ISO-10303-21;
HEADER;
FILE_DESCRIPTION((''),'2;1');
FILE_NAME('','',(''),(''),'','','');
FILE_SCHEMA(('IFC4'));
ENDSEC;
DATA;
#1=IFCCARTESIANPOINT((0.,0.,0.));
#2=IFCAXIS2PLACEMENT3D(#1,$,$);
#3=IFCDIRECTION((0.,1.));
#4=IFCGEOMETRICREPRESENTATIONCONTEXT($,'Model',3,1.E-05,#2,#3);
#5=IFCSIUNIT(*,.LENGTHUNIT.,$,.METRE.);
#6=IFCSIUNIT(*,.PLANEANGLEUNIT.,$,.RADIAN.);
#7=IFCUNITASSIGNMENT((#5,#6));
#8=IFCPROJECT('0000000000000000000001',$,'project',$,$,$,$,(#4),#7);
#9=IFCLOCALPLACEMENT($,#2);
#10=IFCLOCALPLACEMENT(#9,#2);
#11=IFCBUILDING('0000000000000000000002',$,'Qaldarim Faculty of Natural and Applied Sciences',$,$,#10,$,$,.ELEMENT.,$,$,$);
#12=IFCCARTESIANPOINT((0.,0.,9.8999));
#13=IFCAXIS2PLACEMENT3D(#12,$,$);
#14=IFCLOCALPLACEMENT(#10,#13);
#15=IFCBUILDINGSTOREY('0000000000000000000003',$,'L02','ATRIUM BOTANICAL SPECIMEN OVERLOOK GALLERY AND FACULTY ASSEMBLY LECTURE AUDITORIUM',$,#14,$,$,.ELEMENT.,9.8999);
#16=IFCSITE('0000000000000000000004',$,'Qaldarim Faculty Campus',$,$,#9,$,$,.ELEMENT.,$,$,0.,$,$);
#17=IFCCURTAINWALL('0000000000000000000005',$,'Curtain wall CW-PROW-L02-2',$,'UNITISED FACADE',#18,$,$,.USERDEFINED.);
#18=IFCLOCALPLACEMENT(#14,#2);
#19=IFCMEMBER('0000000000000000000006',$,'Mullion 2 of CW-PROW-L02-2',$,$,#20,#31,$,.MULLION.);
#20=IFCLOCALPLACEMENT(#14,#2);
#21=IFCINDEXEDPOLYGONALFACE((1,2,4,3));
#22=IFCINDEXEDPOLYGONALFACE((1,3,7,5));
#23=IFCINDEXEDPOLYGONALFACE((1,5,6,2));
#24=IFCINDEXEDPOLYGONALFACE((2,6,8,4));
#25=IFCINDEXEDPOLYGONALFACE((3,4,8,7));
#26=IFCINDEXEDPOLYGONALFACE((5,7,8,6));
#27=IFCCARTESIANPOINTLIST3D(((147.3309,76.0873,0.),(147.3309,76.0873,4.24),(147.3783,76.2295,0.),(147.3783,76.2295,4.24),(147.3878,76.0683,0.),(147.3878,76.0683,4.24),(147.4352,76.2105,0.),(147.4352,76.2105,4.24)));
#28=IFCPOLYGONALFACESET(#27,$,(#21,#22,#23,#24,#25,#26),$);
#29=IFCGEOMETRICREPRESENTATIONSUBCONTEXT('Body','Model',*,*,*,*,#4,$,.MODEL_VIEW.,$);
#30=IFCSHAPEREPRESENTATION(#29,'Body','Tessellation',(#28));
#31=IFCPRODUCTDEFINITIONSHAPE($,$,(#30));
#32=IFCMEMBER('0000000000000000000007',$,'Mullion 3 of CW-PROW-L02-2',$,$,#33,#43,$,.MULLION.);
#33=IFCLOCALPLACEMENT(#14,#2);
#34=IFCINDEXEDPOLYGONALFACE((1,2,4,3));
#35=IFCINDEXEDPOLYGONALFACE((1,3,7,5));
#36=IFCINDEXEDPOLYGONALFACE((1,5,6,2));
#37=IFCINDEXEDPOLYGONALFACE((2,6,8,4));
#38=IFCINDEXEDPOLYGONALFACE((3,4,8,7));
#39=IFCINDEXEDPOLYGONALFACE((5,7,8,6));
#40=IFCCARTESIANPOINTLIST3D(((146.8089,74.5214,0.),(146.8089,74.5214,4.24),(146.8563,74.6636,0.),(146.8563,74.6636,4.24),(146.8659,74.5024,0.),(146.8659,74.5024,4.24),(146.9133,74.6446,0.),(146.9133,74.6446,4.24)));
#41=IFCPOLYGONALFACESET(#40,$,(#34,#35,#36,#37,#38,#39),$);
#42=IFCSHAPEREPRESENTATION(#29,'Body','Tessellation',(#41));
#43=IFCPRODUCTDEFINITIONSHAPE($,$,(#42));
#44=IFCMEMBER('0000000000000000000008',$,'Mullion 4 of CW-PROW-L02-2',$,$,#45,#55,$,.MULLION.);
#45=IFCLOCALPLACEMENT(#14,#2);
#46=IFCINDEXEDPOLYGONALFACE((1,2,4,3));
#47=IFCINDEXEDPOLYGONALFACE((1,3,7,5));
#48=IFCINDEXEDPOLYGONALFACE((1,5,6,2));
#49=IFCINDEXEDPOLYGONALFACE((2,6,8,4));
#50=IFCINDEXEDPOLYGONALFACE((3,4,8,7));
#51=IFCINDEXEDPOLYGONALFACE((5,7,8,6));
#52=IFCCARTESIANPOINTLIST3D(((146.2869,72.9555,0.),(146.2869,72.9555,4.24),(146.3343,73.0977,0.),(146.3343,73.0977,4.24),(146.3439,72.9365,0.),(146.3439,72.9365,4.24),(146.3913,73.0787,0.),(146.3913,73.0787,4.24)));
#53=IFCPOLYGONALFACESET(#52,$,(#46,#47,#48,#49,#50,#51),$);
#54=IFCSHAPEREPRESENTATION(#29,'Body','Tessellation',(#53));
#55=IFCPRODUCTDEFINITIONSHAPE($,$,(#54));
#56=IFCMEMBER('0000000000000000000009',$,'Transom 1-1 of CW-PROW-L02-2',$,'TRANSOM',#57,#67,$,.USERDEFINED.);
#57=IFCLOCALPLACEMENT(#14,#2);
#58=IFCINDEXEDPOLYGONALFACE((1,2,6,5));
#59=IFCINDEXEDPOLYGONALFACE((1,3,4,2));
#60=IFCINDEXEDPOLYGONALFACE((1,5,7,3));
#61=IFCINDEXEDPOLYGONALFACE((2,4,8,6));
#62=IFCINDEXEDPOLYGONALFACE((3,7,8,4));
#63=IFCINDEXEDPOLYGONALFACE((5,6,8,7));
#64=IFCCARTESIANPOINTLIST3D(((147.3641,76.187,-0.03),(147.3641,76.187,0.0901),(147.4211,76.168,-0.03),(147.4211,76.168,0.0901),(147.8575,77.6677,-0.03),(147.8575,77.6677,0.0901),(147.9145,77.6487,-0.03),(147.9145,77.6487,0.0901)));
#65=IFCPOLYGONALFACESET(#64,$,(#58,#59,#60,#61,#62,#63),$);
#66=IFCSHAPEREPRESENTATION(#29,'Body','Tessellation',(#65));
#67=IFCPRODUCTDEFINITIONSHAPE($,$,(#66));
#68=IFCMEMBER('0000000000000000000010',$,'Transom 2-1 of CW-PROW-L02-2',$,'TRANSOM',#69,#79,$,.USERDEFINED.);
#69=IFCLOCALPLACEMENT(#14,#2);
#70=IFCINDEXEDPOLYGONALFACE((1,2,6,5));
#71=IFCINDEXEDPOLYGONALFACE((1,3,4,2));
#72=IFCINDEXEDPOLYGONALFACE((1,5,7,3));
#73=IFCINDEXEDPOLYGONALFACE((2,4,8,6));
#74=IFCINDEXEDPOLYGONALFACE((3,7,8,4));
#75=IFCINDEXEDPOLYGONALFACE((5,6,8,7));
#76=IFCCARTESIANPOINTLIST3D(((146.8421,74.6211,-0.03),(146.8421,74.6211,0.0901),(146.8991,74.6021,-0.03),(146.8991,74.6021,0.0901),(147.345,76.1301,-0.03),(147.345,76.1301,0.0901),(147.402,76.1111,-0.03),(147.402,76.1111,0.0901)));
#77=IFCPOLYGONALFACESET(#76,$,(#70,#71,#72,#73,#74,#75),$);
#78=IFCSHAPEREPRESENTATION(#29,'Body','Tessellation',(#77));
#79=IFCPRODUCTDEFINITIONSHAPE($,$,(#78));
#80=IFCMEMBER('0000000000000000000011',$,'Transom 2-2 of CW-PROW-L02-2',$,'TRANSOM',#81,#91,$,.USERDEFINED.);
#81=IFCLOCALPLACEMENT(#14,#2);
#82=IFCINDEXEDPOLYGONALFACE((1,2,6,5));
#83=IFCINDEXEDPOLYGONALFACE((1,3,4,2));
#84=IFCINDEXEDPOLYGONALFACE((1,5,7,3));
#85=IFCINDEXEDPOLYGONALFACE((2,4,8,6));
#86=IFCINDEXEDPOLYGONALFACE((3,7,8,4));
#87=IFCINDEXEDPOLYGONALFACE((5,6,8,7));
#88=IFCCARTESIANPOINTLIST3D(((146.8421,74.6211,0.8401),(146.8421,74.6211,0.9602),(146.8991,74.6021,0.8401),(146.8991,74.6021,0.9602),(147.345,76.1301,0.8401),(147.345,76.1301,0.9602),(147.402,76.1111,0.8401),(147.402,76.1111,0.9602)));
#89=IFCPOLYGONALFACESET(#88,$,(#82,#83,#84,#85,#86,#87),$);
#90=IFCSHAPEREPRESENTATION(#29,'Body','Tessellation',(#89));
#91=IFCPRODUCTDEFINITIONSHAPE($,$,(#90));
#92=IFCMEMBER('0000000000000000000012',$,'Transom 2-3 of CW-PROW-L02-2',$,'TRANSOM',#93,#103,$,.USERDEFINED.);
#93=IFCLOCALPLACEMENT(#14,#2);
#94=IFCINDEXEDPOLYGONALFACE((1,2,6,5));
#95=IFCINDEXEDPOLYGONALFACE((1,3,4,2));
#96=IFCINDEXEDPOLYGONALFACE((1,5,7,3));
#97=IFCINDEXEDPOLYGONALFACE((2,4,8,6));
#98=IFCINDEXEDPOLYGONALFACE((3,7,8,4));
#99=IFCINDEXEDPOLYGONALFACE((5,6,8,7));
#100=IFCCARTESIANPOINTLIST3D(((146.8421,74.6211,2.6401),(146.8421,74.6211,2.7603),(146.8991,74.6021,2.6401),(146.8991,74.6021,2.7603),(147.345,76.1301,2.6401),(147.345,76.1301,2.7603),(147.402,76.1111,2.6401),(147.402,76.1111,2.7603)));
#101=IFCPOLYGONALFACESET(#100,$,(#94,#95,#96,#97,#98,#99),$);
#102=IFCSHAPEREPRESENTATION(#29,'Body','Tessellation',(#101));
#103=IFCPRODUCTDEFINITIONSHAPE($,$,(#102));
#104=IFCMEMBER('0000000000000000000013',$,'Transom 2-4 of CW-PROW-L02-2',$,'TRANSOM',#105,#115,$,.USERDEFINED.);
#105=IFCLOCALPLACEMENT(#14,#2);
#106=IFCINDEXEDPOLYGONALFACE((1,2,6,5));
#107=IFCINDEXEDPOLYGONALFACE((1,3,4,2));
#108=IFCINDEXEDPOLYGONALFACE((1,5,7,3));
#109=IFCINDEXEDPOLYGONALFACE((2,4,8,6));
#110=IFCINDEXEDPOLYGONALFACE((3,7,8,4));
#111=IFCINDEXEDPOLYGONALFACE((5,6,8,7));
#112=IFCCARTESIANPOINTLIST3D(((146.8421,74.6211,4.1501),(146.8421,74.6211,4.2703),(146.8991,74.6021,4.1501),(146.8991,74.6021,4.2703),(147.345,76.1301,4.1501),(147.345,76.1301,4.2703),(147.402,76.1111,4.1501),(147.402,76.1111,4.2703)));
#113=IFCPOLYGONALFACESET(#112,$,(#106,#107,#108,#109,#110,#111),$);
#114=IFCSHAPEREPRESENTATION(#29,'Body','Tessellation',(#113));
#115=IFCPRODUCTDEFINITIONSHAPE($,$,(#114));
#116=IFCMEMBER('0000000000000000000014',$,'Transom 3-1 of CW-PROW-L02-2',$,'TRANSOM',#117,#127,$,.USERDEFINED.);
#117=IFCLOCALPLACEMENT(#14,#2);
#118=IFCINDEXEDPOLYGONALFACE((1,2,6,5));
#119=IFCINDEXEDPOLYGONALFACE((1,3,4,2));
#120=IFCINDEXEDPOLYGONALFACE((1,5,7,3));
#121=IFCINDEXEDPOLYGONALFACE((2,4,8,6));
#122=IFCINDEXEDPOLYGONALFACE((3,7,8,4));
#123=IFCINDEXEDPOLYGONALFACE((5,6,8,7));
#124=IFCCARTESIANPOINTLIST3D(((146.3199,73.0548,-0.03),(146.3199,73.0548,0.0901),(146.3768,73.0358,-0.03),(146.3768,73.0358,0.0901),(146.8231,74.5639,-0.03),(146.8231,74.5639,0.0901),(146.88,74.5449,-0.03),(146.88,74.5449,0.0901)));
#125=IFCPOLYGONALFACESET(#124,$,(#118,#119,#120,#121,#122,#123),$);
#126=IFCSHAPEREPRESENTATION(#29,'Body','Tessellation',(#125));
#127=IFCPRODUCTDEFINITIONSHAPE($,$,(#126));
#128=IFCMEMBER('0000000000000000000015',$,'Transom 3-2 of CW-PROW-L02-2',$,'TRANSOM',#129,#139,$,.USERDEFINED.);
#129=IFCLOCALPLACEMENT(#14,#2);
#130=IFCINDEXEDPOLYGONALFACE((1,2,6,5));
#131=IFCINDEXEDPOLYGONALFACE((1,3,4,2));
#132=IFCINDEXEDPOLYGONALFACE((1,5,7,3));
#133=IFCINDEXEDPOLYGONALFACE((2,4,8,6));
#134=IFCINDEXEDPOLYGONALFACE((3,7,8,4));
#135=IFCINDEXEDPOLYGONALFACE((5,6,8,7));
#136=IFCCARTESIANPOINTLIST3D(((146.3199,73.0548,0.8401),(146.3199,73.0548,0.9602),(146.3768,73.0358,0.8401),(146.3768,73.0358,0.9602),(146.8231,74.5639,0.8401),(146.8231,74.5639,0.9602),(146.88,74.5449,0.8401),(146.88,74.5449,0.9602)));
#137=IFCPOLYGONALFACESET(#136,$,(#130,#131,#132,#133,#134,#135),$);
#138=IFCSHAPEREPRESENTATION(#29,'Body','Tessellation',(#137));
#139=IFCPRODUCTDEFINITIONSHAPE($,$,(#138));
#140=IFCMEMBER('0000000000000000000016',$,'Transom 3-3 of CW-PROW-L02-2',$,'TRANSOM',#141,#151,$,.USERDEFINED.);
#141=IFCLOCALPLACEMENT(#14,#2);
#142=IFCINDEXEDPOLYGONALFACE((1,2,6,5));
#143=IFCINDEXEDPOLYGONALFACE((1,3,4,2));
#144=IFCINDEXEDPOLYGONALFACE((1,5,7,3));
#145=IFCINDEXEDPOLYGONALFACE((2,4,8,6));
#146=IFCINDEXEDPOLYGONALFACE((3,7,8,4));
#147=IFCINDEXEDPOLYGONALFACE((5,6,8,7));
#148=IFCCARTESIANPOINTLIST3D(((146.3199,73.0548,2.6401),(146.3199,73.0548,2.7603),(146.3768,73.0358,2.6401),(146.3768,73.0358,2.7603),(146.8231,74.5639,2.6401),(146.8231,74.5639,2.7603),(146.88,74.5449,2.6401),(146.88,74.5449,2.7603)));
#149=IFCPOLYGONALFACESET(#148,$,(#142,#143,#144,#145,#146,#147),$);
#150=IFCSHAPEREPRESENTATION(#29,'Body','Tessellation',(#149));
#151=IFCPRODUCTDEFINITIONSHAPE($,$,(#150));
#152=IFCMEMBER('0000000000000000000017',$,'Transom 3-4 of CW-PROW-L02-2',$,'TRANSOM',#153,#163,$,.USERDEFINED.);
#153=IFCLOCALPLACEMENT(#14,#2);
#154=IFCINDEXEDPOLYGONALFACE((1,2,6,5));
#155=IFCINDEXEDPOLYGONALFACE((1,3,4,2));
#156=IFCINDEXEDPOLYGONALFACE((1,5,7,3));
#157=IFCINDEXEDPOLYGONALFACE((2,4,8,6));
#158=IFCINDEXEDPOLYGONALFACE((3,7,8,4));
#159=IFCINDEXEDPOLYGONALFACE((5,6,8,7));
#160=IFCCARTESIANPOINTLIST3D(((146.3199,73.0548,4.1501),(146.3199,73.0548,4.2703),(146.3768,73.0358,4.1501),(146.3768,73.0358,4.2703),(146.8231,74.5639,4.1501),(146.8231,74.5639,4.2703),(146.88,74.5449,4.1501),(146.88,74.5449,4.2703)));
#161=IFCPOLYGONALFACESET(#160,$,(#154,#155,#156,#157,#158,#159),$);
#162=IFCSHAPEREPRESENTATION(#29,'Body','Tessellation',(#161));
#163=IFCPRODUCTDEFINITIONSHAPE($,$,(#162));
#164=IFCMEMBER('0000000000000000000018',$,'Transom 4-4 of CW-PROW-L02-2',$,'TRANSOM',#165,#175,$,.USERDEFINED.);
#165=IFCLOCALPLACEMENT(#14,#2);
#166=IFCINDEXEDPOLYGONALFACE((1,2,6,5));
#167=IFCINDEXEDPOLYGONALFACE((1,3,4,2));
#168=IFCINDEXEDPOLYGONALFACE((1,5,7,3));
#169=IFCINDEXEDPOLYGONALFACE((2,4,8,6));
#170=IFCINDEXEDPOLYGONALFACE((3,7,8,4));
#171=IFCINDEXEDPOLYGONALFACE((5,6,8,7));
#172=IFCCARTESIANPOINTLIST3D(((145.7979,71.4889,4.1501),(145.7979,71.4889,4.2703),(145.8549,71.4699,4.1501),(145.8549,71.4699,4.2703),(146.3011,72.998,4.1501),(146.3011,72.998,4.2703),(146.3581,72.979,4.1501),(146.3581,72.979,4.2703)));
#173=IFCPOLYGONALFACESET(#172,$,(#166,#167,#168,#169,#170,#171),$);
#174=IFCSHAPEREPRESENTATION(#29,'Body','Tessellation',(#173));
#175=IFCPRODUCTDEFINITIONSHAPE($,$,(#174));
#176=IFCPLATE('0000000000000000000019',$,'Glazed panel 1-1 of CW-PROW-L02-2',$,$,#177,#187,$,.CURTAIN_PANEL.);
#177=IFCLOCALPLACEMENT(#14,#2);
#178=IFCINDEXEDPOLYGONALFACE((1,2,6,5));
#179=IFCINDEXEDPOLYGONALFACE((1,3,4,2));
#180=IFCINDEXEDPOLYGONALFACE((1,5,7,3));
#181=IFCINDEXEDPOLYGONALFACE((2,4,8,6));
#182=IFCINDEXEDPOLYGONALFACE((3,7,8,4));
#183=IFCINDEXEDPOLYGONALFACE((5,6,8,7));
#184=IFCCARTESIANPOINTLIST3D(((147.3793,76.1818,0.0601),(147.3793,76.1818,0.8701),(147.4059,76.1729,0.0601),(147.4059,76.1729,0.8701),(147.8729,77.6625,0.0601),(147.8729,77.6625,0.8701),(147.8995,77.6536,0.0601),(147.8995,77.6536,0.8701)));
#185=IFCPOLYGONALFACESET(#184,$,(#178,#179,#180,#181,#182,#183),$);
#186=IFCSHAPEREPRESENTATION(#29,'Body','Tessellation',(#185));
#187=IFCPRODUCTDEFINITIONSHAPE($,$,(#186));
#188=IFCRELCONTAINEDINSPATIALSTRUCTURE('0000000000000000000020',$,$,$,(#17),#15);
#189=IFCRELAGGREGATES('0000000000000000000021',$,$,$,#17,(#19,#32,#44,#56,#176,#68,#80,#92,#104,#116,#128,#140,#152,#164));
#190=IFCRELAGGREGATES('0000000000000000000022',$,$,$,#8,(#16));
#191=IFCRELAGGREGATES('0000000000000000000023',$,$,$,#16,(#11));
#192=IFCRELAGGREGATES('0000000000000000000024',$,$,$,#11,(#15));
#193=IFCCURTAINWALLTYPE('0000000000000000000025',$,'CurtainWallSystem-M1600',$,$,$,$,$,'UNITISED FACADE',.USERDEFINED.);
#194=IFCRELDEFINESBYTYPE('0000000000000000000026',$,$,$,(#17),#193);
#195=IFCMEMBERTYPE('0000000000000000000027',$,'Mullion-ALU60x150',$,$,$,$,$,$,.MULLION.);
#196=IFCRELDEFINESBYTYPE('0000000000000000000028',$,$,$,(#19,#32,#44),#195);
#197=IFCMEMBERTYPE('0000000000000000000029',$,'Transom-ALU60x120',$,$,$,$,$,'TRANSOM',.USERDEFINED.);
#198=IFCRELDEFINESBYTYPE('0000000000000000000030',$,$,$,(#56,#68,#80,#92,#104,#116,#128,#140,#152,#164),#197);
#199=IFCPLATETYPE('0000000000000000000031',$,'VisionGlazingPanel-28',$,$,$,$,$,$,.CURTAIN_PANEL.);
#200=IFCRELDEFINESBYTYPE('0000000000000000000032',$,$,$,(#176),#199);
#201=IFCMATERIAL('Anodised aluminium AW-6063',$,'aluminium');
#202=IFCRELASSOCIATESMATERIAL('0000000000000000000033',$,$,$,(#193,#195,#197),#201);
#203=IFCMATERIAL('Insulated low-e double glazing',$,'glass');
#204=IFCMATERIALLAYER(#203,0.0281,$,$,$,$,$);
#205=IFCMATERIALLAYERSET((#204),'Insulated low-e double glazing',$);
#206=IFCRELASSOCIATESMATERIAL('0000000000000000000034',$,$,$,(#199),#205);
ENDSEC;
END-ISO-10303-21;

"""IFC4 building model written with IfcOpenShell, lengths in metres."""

from ifc_helpers import new_model, si_unit, direction, frame, origin, origin_2d, place, context, subcontext, project, spatial, rectangle, extrude, material, layer, layer_set, material_profile, profile_set, type_object, element, aggregate, save


model = new_model("IFC4")

# Units and contexts
model_context = context("Model", 3, precision=1e-05, world=origin(), true_north=direction((0.0, 1.0)))
body_context = subcontext(model_context, "Body", "Model", "MODEL_VIEW")
ifc_project = project(units=[si_unit("LENGTHUNIT", "METRE"), si_unit("PLANEANGLEUNIT", "RADIAN")], contexts=[model_context])

# Site, building, storey
site_placement = place(None, origin())
site = spatial("IfcSite", under=ifc_project, at=site_placement, Name="Qaldarim Faculty Campus", CompositionType="ELEMENT", RefElevation=0.0)
building_placement = place(site_placement, origin())
building = spatial("IfcBuilding", under=site, at=building_placement, Name="Qaldarim Faculty of Natural and Applied Sciences", CompositionType="ELEMENT")
storey_placement = place(building_placement, frame((0.0, 0.0, 9.8999)))
storey = spatial("IfcBuildingStorey", under=building, at=storey_placement, Name="L02", Description="ATRIUM BOTANICAL SPECIMEN OVERLOOK GALLERY AND FACULTY ASSEMBLY LECTURE AUDITORIUM", CompositionType="ELEMENT", Elevation=9.8999)

# Curtain wall, members, plate
ifc_material_1 = material(Name="Anodised aluminium AW-6063", Category="aluminium")
curtain_wall_type = type_object("IfcCurtainWallType", Name="CurtainWallSystem-M1600", ElementType="UNITISED FACADE", PredefinedType="USERDEFINED", material=ifc_material_1)
curtain_wall_placement = place(storey_placement, origin())
curtain_wall = element("IfcCurtainWall", 1, at=curtain_wall_placement, inside=storey, type_object=curtain_wall_type, Name="Curtain wall CW-PROW-L02-2", ObjectType="UNITISED FACADE", PredefinedType="USERDEFINED")
ifc_material_profile_1 = material_profile(ifc_material_1, rectangle(XDim=0.0601, YDim=0.1499, at=origin_2d()), Name="ALU-M60x150")
ifc_profile_set_1 = profile_set([ifc_material_profile_1], Name="Anodised aluminium AW-6063")
member_type_1 = type_object("IfcMemberType", Name="Mullion-ALU60x150", PredefinedType="MULLION", material=ifc_profile_set_1)
member_1_placement = place(storey_placement, frame((147.3831, 76.1489, 0.0), z_axis=(0.0, 0.0, 1.0), x_axis=(0.948683, -0.316229, 0.0)))
member_1 = element("IfcMember", 2, at=member_1_placement, type_object=member_type_1, Name="Mullion 2 of CW-PROW-L02-2", PredefinedType="MULLION", context=body_context, shape_type="SweptSolid", body=[
    extrude(rectangle(XDim=0.0601, YDim=0.1499, at=origin_2d()), origin(), (0.0, 0.0, 1.0), 4.24),
])
member_2_placement = place(storey_placement, frame((146.8611, 74.583, 0.0), z_axis=(0.0, 0.0, 1.0), x_axis=(0.948683, -0.316229, 0.0)))
member_2 = element("IfcMember", 3, at=member_2_placement, type_object=member_type_1, Name="Mullion 3 of CW-PROW-L02-2", PredefinedType="MULLION", context=body_context, shape_type="SweptSolid", body=[
    extrude(rectangle(XDim=0.0601, YDim=0.1499, at=origin_2d()), origin(), (0.0, 0.0, 1.0), 4.24),
])
member_3_placement = place(storey_placement, frame((146.3391, 73.0171, 0.0), z_axis=(0.0, 0.0, 1.0), x_axis=(0.948683, -0.316229, 0.0)))
member_3 = element("IfcMember", 4, at=member_3_placement, type_object=member_type_1, Name="Mullion 4 of CW-PROW-L02-2", PredefinedType="MULLION", context=body_context, shape_type="SweptSolid", body=[
    extrude(rectangle(XDim=0.0601, YDim=0.1499, at=origin_2d()), origin(), (0.0, 0.0, 1.0), 4.24),
])
ifc_material_profile_2 = material_profile(ifc_material_1, rectangle(XDim=0.0601, YDim=0.1201, at=origin_2d()), Name="ALU-T60x120")
ifc_profile_set_2 = profile_set([ifc_material_profile_2], Name="Anodised aluminium AW-6063")
member_type_2 = type_object("IfcMemberType", Name="Transom-ALU60x120", ElementType="TRANSOM", PredefinedType="USERDEFINED", material=ifc_profile_set_2)
member_4_placement = place(storey_placement, frame((147.886, 77.6582, 0.03), z_axis=(-0.316134, -0.948715, 0.0), x_axis=(0.948715, -0.316134, 0.0)))
member_4 = element("IfcMember", 5, at=member_4_placement, type_object=member_type_2, Name="Transom 1-1 of CW-PROW-L02-2", ObjectType="TRANSOM", PredefinedType="USERDEFINED", context=body_context, shape_type="SweptSolid", body=[
    extrude(rectangle(XDim=0.0601, YDim=0.1201, at=origin_2d()), origin(), (0.0, 0.0, 1.0), 1.5608),
])
member_5_placement = place(storey_placement, frame((147.3735, 76.1206, 0.03), z_axis=(-0.316182, -0.948699, 0.0), x_axis=(0.948699, -0.316182, 0.0)))
member_5 = element("IfcMember", 6, at=member_5_placement, type_object=member_type_2, Name="Transom 2-1 of CW-PROW-L02-2", ObjectType="TRANSOM", PredefinedType="USERDEFINED", context=body_context, shape_type="SweptSolid", body=[
    extrude(rectangle(XDim=0.0601, YDim=0.1201, at=origin_2d()), origin(), (0.0, 0.0, 1.0), 1.5906),
])
member_6_placement = place(storey_placement, frame((147.3735, 76.1206, 0.9001), z_axis=(-0.316182, -0.948699, 0.0), x_axis=(0.948699, -0.316182, 0.0)))
member_6 = element("IfcMember", 7, at=member_6_placement, type_object=member_type_2, Name="Transom 2-2 of CW-PROW-L02-2", ObjectType="TRANSOM", PredefinedType="USERDEFINED", context=body_context, shape_type="SweptSolid", body=[
    extrude(rectangle(XDim=0.0601, YDim=0.1201, at=origin_2d()), origin(), (0.0, 0.0, 1.0), 1.5906),
])
member_7_placement = place(storey_placement, frame((147.3735, 76.1206, 2.7002), z_axis=(-0.316182, -0.948699, 0.0), x_axis=(0.948699, -0.316182, 0.0)))
member_7 = element("IfcMember", 8, at=member_7_placement, type_object=member_type_2, Name="Transom 2-3 of CW-PROW-L02-2", ObjectType="TRANSOM", PredefinedType="USERDEFINED", context=body_context, shape_type="SweptSolid", body=[
    extrude(rectangle(XDim=0.0601, YDim=0.1201, at=origin_2d()), origin(), (0.0, 0.0, 1.0), 1.5906),
])
member_8_placement = place(storey_placement, frame((147.3735, 76.1206, 4.2102), z_axis=(-0.316182, -0.948699, 0.0), x_axis=(0.948699, -0.316182, 0.0)))
member_8 = element("IfcMember", 9, at=member_8_placement, type_object=member_type_2, Name="Transom 2-4 of CW-PROW-L02-2", ObjectType="TRANSOM", PredefinedType="USERDEFINED", context=body_context, shape_type="SweptSolid", body=[
    extrude(rectangle(XDim=0.0601, YDim=0.1201, at=origin_2d()), origin(), (0.0, 0.0, 1.0), 1.5906),
])
member_9_placement = place(storey_placement, frame((146.8516, 74.5544, 0.03), z_axis=(-0.31632, -0.948653, 0.0), x_axis=(0.948653, -0.31632, 0.0)))
member_9 = element("IfcMember", 10, at=member_9_placement, type_object=member_type_2, Name="Transom 3-1 of CW-PROW-L02-2", ObjectType="TRANSOM", PredefinedType="USERDEFINED", context=body_context, shape_type="SweptSolid", body=[
    extrude(rectangle(XDim=0.0601, YDim=0.1201, at=origin_2d()), origin(), (0.0, 0.0, 1.0), 1.5908),
])
member_10_placement = place(storey_placement, frame((146.8516, 74.5544, 0.9001), z_axis=(-0.31632, -0.948653, 0.0), x_axis=(0.948653, -0.31632, 0.0)))
member_10 = element("IfcMember", 11, at=member_10_placement, type_object=member_type_2, Name="Transom 3-2 of CW-PROW-L02-2", ObjectType="TRANSOM", PredefinedType="USERDEFINED", context=body_context, shape_type="SweptSolid", body=[
    extrude(rectangle(XDim=0.0601, YDim=0.1201, at=origin_2d()), origin(), (0.0, 0.0, 1.0), 1.5908),
])
member_11_placement = place(storey_placement, frame((146.8516, 74.5544, 2.7002), z_axis=(-0.31632, -0.948653, 0.0), x_axis=(0.948653, -0.31632, 0.0)))
member_11 = element("IfcMember", 12, at=member_11_placement, type_object=member_type_2, Name="Transom 3-3 of CW-PROW-L02-2", ObjectType="TRANSOM", PredefinedType="USERDEFINED", context=body_context, shape_type="SweptSolid", body=[
    extrude(rectangle(XDim=0.0601, YDim=0.1201, at=origin_2d()), origin(), (0.0, 0.0, 1.0), 1.5908),
])
member_12_placement = place(storey_placement, frame((146.8516, 74.5544, 4.2102), z_axis=(-0.31632, -0.948653, 0.0), x_axis=(0.948653, -0.31632, 0.0)))
member_12 = element("IfcMember", 13, at=member_12_placement, type_object=member_type_2, Name="Transom 3-4 of CW-PROW-L02-2", ObjectType="TRANSOM", PredefinedType="USERDEFINED", context=body_context, shape_type="SweptSolid", body=[
    extrude(rectangle(XDim=0.0601, YDim=0.1201, at=origin_2d()), origin(), (0.0, 0.0, 1.0), 1.5908),
])
member_13_placement = place(storey_placement, frame((146.3296, 72.9885, 4.2102), z_axis=(-0.31632, -0.948653, 0.0), x_axis=(0.948653, -0.31632, 0.0)))
member_13 = element("IfcMember", 14, at=member_13_placement, type_object=member_type_2, Name="Transom 4-4 of CW-PROW-L02-2", ObjectType="TRANSOM", PredefinedType="USERDEFINED", context=body_context, shape_type="SweptSolid", body=[
    extrude(rectangle(XDim=0.0601, YDim=0.1201, at=origin_2d()), origin(), (0.0, 0.0, 1.0), 1.5908),
])
ifc_material_2 = material(Name="Insulated low-e double glazing", Category="glass")
ifc_layer = layer(ifc_material_2, 0.0281)
ifc_layer_set = layer_set([ifc_layer], Name="Insulated low-e double glazing")
plate_type = type_object("IfcPlateType", Name="VisionGlazingPanel-28", PredefinedType="CURTAIN_PANEL", material=ifc_layer_set)
plate_1_placement = place(storey_placement, frame((147.6394, 76.9177, 0.0601), z_axis=(0.0, 0.0, 1.0), x_axis=(-0.316229, -0.948683, 0.0)))
plate_1 = element("IfcPlate", 15, at=plate_1_placement, type_object=plate_type, Name="Glazed panel 1-1 of CW-PROW-L02-2", PredefinedType="CURTAIN_PANEL", context=body_context, shape_type="SweptSolid", body=[
    extrude(rectangle(XDim=1.5608, YDim=0.0281, at=origin_2d()), origin(), (0.0, 0.0, 1.0), 0.8101),
])
aggregate(curtain_wall, [member_1, member_2, member_3, member_4, plate_1, member_5, member_6, member_7, member_8, member_9, member_10, member_11, member_12, member_13])

save(model, "model.ifc")
